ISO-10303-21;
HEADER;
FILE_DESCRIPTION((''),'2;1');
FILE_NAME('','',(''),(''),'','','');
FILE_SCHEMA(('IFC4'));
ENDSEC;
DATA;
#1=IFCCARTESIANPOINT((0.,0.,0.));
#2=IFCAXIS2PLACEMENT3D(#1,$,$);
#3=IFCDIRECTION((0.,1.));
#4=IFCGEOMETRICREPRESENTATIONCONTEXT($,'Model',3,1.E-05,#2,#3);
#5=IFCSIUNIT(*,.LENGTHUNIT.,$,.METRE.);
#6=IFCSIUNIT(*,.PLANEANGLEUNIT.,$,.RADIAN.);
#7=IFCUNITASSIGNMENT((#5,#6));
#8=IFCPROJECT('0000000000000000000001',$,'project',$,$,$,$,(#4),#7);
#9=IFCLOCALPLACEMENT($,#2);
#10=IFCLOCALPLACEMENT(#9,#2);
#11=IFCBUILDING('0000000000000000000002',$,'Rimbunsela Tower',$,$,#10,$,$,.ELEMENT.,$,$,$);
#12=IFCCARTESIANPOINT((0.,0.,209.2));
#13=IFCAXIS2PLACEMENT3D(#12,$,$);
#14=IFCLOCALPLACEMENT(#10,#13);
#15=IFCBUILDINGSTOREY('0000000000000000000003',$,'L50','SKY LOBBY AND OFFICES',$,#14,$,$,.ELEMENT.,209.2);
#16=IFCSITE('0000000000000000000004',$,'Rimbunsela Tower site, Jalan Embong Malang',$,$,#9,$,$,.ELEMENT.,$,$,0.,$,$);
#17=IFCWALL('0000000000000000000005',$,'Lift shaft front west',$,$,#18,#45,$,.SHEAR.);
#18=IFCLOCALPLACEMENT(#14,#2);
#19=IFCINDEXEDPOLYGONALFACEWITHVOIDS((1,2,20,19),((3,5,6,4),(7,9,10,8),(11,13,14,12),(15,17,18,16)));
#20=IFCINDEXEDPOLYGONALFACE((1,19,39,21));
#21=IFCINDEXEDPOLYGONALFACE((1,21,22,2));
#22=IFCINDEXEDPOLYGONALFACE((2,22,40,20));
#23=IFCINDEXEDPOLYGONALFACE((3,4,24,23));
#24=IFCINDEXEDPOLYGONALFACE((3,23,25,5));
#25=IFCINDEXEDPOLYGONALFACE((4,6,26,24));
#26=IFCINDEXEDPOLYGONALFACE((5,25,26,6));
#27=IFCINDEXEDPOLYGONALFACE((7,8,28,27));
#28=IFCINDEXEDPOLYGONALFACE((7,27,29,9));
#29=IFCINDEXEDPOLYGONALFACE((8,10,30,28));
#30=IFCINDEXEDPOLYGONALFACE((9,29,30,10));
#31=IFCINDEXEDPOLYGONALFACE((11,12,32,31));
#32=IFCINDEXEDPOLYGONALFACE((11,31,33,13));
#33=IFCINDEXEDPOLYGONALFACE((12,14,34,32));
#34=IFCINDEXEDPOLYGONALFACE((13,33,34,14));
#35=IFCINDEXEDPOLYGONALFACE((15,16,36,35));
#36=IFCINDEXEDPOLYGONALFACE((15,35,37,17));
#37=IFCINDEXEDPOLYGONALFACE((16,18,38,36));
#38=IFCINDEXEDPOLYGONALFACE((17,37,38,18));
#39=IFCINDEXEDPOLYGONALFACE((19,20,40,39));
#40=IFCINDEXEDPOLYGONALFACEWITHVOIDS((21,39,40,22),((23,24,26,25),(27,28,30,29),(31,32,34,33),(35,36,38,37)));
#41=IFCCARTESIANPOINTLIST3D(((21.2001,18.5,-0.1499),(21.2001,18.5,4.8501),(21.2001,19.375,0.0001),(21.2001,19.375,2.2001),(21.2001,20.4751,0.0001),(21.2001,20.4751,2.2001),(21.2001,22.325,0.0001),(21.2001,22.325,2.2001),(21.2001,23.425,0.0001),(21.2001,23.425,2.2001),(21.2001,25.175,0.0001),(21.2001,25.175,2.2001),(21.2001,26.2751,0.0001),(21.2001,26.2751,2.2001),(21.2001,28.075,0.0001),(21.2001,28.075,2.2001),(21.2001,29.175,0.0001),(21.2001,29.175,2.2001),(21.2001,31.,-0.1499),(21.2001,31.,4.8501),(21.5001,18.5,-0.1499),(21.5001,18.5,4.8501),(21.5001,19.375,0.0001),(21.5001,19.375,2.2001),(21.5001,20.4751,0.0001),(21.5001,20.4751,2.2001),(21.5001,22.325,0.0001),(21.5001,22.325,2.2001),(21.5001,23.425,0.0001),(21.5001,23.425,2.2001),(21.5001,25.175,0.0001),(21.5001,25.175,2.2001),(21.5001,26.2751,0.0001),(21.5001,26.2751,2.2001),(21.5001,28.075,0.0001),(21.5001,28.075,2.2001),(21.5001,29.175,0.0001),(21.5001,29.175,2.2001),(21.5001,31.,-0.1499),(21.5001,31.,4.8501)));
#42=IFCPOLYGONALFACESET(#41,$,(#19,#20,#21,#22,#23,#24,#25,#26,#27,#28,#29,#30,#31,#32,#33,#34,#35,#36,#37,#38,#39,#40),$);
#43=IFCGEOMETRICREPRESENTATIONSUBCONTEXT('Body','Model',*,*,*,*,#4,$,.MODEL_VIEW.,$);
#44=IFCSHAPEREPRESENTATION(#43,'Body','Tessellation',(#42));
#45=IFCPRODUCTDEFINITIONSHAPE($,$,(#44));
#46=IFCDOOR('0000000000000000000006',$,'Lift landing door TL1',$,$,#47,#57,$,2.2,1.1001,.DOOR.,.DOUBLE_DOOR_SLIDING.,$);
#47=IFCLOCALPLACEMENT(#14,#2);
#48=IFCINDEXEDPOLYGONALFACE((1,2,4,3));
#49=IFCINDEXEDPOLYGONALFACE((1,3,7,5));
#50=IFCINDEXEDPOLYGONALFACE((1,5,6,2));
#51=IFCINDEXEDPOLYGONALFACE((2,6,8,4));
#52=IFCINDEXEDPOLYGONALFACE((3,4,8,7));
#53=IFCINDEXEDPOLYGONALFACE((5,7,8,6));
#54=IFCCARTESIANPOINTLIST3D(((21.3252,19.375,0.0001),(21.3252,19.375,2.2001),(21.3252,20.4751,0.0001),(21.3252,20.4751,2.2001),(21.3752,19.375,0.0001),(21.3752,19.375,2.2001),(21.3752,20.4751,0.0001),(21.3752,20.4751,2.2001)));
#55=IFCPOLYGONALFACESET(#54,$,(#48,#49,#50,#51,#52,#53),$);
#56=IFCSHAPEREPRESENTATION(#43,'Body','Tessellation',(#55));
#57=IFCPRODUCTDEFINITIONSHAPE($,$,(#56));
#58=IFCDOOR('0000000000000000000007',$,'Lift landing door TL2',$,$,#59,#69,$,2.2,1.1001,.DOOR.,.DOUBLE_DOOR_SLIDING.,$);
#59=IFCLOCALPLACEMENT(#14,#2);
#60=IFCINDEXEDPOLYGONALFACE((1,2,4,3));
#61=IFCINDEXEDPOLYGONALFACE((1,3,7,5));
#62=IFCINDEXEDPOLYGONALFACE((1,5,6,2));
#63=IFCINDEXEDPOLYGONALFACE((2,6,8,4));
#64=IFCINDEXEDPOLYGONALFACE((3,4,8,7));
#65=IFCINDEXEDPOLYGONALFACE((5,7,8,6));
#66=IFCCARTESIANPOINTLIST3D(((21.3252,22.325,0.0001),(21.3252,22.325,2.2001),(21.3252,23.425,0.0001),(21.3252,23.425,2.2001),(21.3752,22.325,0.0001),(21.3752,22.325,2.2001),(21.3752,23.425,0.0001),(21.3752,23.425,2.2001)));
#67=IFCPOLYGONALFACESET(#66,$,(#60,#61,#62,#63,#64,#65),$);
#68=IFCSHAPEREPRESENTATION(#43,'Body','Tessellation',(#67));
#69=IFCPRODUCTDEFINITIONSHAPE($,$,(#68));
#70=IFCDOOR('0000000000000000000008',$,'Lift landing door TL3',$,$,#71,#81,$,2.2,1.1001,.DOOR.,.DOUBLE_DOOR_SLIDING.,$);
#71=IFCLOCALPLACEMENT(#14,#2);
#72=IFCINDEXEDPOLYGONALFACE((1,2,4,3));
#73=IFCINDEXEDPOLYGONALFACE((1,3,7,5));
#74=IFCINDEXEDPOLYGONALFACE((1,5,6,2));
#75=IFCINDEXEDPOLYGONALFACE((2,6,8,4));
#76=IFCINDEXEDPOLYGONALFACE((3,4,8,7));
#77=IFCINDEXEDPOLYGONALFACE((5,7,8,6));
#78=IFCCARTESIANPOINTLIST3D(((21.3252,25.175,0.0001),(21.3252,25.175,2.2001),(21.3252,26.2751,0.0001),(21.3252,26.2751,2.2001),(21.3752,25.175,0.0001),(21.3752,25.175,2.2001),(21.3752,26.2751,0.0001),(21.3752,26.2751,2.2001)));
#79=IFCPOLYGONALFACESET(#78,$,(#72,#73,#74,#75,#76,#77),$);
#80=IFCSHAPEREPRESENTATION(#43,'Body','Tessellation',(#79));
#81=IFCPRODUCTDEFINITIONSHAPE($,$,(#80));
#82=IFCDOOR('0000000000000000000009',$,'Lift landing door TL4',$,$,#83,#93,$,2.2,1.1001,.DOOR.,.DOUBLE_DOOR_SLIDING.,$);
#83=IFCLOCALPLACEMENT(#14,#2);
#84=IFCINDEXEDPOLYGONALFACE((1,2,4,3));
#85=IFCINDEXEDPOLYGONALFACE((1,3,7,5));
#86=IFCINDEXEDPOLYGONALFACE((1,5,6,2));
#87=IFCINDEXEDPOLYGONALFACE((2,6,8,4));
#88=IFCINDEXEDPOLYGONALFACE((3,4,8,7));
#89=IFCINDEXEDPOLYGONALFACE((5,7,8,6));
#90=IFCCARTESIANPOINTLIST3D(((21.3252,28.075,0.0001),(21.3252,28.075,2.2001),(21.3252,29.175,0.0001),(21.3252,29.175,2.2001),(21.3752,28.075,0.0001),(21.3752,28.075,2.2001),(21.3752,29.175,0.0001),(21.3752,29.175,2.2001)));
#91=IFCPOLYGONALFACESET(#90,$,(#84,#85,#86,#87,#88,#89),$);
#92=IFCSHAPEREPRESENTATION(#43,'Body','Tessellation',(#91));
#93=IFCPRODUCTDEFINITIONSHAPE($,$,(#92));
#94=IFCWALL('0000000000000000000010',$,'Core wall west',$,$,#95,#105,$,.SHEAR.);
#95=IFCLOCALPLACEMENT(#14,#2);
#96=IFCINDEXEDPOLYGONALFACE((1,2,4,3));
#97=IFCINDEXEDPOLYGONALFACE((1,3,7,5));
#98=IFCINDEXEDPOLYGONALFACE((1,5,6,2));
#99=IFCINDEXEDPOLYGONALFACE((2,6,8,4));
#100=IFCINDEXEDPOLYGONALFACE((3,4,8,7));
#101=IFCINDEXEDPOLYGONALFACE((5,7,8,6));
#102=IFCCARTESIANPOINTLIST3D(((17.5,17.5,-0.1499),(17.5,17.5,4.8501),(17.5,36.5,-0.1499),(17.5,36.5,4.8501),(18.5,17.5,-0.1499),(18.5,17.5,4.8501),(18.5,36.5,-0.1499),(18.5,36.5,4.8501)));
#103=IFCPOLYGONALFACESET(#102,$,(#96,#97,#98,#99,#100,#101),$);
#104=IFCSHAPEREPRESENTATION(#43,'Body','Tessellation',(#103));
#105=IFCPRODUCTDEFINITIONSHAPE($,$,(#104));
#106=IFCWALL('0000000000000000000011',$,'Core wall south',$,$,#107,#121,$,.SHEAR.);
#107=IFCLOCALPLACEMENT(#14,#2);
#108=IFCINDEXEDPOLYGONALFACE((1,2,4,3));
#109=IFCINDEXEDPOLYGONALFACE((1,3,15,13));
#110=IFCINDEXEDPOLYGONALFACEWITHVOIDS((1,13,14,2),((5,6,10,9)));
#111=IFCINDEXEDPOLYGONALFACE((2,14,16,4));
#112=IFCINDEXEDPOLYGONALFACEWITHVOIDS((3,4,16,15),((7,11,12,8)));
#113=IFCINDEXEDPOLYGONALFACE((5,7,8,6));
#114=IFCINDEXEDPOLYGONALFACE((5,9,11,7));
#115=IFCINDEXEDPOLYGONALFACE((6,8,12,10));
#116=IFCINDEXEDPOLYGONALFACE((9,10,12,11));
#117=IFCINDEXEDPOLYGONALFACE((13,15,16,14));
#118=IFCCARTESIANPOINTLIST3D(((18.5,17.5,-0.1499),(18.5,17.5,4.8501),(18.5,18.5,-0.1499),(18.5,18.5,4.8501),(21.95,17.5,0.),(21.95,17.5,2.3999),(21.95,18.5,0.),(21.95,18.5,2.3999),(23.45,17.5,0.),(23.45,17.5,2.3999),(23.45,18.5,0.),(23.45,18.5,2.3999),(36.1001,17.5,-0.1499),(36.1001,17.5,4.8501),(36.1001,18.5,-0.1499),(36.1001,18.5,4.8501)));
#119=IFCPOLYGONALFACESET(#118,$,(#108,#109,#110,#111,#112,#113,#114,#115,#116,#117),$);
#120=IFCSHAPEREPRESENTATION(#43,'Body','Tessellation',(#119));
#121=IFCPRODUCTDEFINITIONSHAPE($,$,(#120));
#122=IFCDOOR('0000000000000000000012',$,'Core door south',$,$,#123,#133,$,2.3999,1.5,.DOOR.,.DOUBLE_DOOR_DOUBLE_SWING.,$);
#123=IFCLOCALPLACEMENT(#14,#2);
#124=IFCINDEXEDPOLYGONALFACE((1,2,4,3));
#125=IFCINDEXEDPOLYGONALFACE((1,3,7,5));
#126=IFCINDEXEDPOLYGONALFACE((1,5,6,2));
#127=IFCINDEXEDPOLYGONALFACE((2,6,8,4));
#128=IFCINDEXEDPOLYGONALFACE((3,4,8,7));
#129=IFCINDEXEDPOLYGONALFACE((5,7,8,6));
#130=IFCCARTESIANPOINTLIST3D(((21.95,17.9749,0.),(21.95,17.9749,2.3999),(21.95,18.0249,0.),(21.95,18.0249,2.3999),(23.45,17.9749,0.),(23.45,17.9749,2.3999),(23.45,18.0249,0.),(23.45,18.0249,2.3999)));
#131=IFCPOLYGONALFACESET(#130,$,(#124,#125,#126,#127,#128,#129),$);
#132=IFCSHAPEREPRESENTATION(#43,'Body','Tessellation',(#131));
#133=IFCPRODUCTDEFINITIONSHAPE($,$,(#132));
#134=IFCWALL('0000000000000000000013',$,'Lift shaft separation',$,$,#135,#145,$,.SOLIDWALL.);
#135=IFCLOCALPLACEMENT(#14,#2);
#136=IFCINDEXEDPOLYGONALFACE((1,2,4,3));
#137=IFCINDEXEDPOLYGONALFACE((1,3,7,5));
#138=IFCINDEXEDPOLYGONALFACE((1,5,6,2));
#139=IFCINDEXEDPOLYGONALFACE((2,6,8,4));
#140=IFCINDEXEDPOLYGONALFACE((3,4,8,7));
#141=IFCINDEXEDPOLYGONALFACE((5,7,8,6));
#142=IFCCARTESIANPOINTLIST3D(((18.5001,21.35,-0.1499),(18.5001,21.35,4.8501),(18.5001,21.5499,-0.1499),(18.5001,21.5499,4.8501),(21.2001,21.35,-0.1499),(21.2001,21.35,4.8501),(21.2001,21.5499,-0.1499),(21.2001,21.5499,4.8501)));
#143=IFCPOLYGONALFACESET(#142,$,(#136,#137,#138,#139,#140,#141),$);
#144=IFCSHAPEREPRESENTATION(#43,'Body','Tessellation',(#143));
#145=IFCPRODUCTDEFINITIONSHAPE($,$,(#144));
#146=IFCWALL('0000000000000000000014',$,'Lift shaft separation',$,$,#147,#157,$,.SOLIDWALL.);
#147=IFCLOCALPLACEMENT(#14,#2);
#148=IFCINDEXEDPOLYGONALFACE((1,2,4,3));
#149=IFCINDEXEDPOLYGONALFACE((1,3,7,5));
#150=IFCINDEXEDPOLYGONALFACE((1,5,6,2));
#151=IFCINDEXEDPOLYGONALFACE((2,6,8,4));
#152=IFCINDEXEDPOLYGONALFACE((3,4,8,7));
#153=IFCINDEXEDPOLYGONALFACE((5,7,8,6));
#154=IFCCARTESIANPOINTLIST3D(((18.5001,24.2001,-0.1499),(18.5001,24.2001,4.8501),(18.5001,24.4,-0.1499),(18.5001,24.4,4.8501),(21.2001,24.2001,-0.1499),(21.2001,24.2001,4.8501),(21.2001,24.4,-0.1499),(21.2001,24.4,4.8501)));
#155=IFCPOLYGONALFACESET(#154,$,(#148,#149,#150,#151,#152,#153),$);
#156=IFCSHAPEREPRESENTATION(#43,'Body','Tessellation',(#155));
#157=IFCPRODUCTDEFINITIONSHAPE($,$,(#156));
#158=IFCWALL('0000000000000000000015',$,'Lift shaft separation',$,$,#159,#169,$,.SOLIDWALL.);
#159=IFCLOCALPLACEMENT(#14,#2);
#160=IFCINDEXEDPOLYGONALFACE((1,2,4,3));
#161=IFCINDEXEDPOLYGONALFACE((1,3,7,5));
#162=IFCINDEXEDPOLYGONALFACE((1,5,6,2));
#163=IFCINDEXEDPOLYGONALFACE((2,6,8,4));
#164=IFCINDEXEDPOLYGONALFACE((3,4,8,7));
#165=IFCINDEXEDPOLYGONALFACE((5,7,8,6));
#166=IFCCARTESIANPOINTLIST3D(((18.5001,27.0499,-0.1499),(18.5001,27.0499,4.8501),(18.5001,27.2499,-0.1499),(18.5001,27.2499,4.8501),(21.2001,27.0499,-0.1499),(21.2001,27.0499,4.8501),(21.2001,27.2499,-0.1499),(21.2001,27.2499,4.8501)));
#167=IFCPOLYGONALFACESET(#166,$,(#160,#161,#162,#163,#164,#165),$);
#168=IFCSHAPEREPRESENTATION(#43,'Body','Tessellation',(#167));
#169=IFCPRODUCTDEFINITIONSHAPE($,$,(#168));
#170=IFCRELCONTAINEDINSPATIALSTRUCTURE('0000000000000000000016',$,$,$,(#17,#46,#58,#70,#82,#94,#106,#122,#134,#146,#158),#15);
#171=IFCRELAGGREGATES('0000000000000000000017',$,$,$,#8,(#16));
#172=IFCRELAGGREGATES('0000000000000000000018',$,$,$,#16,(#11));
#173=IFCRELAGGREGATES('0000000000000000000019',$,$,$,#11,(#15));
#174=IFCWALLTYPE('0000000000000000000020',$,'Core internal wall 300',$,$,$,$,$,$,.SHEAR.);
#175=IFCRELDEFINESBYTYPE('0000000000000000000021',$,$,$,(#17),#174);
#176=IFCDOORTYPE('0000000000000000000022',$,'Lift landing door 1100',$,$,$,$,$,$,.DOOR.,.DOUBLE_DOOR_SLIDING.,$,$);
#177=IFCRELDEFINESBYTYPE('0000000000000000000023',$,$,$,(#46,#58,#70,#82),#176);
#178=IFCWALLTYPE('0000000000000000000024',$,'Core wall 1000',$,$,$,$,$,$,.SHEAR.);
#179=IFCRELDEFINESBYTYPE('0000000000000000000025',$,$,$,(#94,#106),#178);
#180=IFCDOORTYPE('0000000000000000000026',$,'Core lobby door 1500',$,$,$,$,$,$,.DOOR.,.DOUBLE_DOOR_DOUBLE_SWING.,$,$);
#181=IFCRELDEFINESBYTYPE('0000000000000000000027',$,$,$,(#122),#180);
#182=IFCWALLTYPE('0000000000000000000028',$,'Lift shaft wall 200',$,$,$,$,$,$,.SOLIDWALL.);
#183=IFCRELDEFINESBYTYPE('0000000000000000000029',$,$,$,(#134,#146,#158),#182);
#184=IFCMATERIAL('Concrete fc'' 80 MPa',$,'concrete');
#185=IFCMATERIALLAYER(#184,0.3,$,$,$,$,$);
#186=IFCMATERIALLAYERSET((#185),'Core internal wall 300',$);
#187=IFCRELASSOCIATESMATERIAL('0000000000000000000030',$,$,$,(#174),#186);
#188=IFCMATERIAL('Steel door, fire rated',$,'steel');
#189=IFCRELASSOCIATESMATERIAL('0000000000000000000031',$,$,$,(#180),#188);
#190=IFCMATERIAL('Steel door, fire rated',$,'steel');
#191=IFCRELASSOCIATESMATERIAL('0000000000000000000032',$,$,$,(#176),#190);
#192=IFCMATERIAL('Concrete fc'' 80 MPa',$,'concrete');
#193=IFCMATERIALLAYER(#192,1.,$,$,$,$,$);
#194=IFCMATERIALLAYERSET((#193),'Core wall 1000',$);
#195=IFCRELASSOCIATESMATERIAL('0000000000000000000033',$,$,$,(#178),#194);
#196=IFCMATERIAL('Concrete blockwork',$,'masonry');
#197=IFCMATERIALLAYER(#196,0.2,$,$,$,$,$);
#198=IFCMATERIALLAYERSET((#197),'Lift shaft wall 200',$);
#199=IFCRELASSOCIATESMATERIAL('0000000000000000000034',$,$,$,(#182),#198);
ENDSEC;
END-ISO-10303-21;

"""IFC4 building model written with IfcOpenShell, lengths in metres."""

from ifc_helpers import new_model, si_unit, direction, frame, frame_2d, origin, place, context, subcontext, project, spatial, rectangle, extrude, material, layer, layer_set, type_object, element, fill, save


model = new_model("IFC4")

# Units and contexts
model_context = context("Model", 3, precision=1e-05, world=origin(), true_north=direction((0.0, 1.0)))
body_context = subcontext(model_context, "Body", "Model", "MODEL_VIEW")
ifc_project = project(units=[si_unit("LENGTHUNIT", "METRE"), si_unit("PLANEANGLEUNIT", "RADIAN")], contexts=[model_context])

# Site, building, storey
site_placement = place(None, origin())
site = spatial("IfcSite", under=ifc_project, at=site_placement, Name="Rimbunsela Tower site, Jalan Embong Malang", CompositionType="ELEMENT", RefElevation=0.0)
building_placement = place(site_placement, origin())
building = spatial("IfcBuilding", under=site, at=building_placement, Name="Rimbunsela Tower", CompositionType="ELEMENT")
storey_placement = place(building_placement, frame((0.0, 0.0, 209.2)))
storey = spatial("IfcBuildingStorey", under=building, at=storey_placement, Name="L50", Description="SKY LOBBY AND OFFICES", CompositionType="ELEMENT", Elevation=209.2)

# Shared definitions
ifc_material_1 = material(Name="Concrete fc' 80 MPa", Category="concrete")
ifc_layer_1 = layer(ifc_material_1, 0.3)
ifc_layer_set_1 = layer_set([ifc_layer_1], Name="Core internal wall 300")
wall_type_1 = type_object("IfcWallType", Name="Core internal wall 300", PredefinedType="SHEAR", material=ifc_layer_set_1)
ifc_material_2 = material(Name="Steel door, fire rated", Category="steel")
door_type_1 = type_object("IfcDoorType", Name="Core lobby door 1500", OperationType="DOUBLE_DOOR_DOUBLE_SWING", PredefinedType="DOOR", material=ifc_material_2)

# Wall, openings, doors
wall_1_placement = place(storey_placement, frame((21.3501, 18.5, -0.1499), z_axis=(0.0, 0.0, 1.0), x_axis=(0.0, 1.0, 0.0)))
wall_1 = element("IfcWall", 1, at=wall_1_placement, inside=storey, type_object=wall_type_1, Name="Lift shaft front west", PredefinedType="SHEAR", context=body_context, shape_type="SweptSolid", body=[
    extrude(rectangle(XDim=12.5, YDim=0.3, at=frame_2d((6.25, 0.0))), origin(), (0.0, 0.0, 1.0), 5.0),
])
opening_1_placement = place(wall_1_placement, frame((0.875, 0.0, 0.1499)))
opening_1 = element("IfcOpeningElement", 2, at=opening_1_placement, cuts=wall_1, PredefinedType="OPENING", context=body_context, shape_type="SweptSolid", body=[
    extrude(rectangle(XDim=1.1001, YDim=2.2, at=frame_2d((0.55, 1.1001))), frame((0.0, 0.1599, 0.0), z_axis=(0.0, -1.0, 0.0), x_axis=(1.0, 0.0, 0.0)), (0.0, 0.0, 1.0), 0.3201),
])
opening_2_placement = place(wall_1_placement, frame((3.825, 0.0, 0.1499)))
opening_2 = element("IfcOpeningElement", 3, at=opening_2_placement, cuts=wall_1, PredefinedType="OPENING", context=body_context, shape_type="SweptSolid", body=[
    extrude(rectangle(XDim=1.1001, YDim=2.2, at=frame_2d((0.55, 1.1001))), frame((0.0, 0.1599, 0.0), z_axis=(0.0, -1.0, 0.0), x_axis=(1.0, 0.0, 0.0)), (0.0, 0.0, 1.0), 0.3201),
])
opening_3_placement = place(wall_1_placement, frame((6.675, 0.0, 0.1499)))
opening_3 = element("IfcOpeningElement", 4, at=opening_3_placement, cuts=wall_1, PredefinedType="OPENING", context=body_context, shape_type="SweptSolid", body=[
    extrude(rectangle(XDim=1.1001, YDim=2.2, at=frame_2d((0.55, 1.1001))), frame((0.0, 0.1599, 0.0), z_axis=(0.0, -1.0, 0.0), x_axis=(1.0, 0.0, 0.0)), (0.0, 0.0, 1.0), 0.3201),
])
opening_4_placement = place(wall_1_placement, frame((9.575, 0.0, 0.1499)))
opening_4 = element("IfcOpeningElement", 5, at=opening_4_placement, cuts=wall_1, PredefinedType="OPENING", context=body_context, shape_type="SweptSolid", body=[
    extrude(rectangle(XDim=1.1001, YDim=2.2, at=frame_2d((0.55, 1.1001))), frame((0.0, 0.1599, 0.0), z_axis=(0.0, -1.0, 0.0), x_axis=(1.0, 0.0, 0.0)), (0.0, 0.0, 1.0), 0.3201),
])
ifc_material_3 = material(Name="Steel door, fire rated", Category="steel")
door_type_2 = type_object("IfcDoorType", Name="Lift landing door 1100", OperationType="DOUBLE_DOOR_SLIDING", PredefinedType="DOOR", material=ifc_material_3)
door_1_placement = place(opening_1_placement, origin())
door_1 = element("IfcDoor", 6, at=door_1_placement, inside=storey, type_object=door_type_2, Name="Lift landing door TL1", OperationType="DOUBLE_DOOR_SLIDING", OverallHeight=2.2, OverallWidth=1.1001, PredefinedType="DOOR", context=body_context, shape_type="SweptSolid", body=[
    extrude(rectangle(XDim=1.1001, YDim=2.2, at=frame_2d((0.55, 1.1001))), frame((0.0, 0.0249, 0.0), z_axis=(0.0, -1.0, 0.0), x_axis=(1.0, 0.0, 0.0)), (0.0, 0.0, 1.0), 0.05),
])
fill(opening_1, door_1)
door_2_placement = place(opening_2_placement, origin())
door_2 = element("IfcDoor", 7, at=door_2_placement, inside=storey, type_object=door_type_2, Name="Lift landing door TL2", OperationType="DOUBLE_DOOR_SLIDING", OverallHeight=2.2, OverallWidth=1.1001, PredefinedType="DOOR", context=body_context, shape_type="SweptSolid", body=[
    extrude(rectangle(XDim=1.1001, YDim=2.2, at=frame_2d((0.55, 1.1001))), frame((0.0, 0.0249, 0.0), z_axis=(0.0, -1.0, 0.0), x_axis=(1.0, 0.0, 0.0)), (0.0, 0.0, 1.0), 0.05),
])
fill(opening_2, door_2)
door_3_placement = place(opening_3_placement, origin())
door_3 = element("IfcDoor", 8, at=door_3_placement, inside=storey, type_object=door_type_2, Name="Lift landing door TL3", OperationType="DOUBLE_DOOR_SLIDING", OverallHeight=2.2, OverallWidth=1.1001, PredefinedType="DOOR", context=body_context, shape_type="SweptSolid", body=[
    extrude(rectangle(XDim=1.1001, YDim=2.2, at=frame_2d((0.55, 1.1001))), frame((0.0, 0.0249, 0.0), z_axis=(0.0, -1.0, 0.0), x_axis=(1.0, 0.0, 0.0)), (0.0, 0.0, 1.0), 0.05),
])
fill(opening_3, door_3)
door_4_placement = place(opening_4_placement, origin())
door_4 = element("IfcDoor", 9, at=door_4_placement, inside=storey, type_object=door_type_2, Name="Lift landing door TL4", OperationType="DOUBLE_DOOR_SLIDING", OverallHeight=2.2, OverallWidth=1.1001, PredefinedType="DOOR", context=body_context, shape_type="SweptSolid", body=[
    extrude(rectangle(XDim=1.1001, YDim=2.2, at=frame_2d((0.55, 1.1001))), frame((0.0, 0.0249, 0.0), z_axis=(0.0, -1.0, 0.0), x_axis=(1.0, 0.0, 0.0)), (0.0, 0.0, 1.0), 0.05),
])
fill(opening_4, door_4)

# Wall
ifc_material_4 = material(Name="Concrete fc' 80 MPa", Category="concrete")
ifc_layer_2 = layer(ifc_material_4, 1.0)
ifc_layer_set_2 = layer_set([ifc_layer_2], Name="Core wall 1000")
wall_type_2 = type_object("IfcWallType", Name="Core wall 1000", PredefinedType="SHEAR", material=ifc_layer_set_2)
wall_2_placement = place(storey_placement, frame((18.0, 17.5, -0.1499), z_axis=(0.0, 0.0, 1.0), x_axis=(0.0, 1.0, 0.0)))
element("IfcWall", 10, at=wall_2_placement, inside=storey, type_object=wall_type_2, Name="Core wall west", PredefinedType="SHEAR", context=body_context, shape_type="SweptSolid", body=[
    extrude(rectangle(XDim=19.0, YDim=1.0, at=frame_2d((9.5, 0.0))), origin(), (0.0, 0.0, 1.0), 5.0),
])

# Wall, opening, door
wall_3_placement = place(storey_placement, frame((18.5, 18.0, -0.1499), z_axis=(0.0, 0.0, 1.0), x_axis=(1.0, 0.0, 0.0)))
wall_3 = element("IfcWall", 11, at=wall_3_placement, inside=storey, type_object=wall_type_2, Name="Core wall south", PredefinedType="SHEAR", context=body_context, shape_type="SweptSolid", body=[
    extrude(rectangle(XDim=17.6001, YDim=1.0, at=frame_2d((8.8, 0.0))), origin(), (0.0, 0.0, 1.0), 5.0),
])
opening_5_placement = place(wall_3_placement, frame((3.45, 0.0, 0.1499)))
opening_5 = element("IfcOpeningElement", 12, at=opening_5_placement, cuts=wall_3, PredefinedType="OPENING", context=body_context, shape_type="SweptSolid", body=[
    extrude(rectangle(XDim=1.5, YDim=2.3999, at=frame_2d((0.75, 1.2))), frame((0.0, 0.51, 0.0), z_axis=(0.0, -1.0, 0.0), x_axis=(1.0, 0.0, 0.0)), (0.0, 0.0, 1.0), 1.02),
])
door_5_placement = place(opening_5_placement, origin())
door_5 = element("IfcDoor", 13, at=door_5_placement, inside=storey, type_object=door_type_1, Name="Core door south", OperationType="DOUBLE_DOOR_DOUBLE_SWING", OverallHeight=2.3999, OverallWidth=1.5, PredefinedType="DOOR", context=body_context, shape_type="SweptSolid", body=[
    extrude(rectangle(XDim=1.5, YDim=2.3999, at=frame_2d((0.75, 1.2))), frame((0.0, 0.0249, 0.0), z_axis=(0.0, -1.0, 0.0), x_axis=(1.0, 0.0, 0.0)), (0.0, 0.0, 1.0), 0.05),
])
fill(opening_5, door_5)

# Walls
ifc_material_5 = material(Name="Concrete blockwork", Category="masonry")
ifc_layer_3 = layer(ifc_material_5, 0.2)
ifc_layer_set_3 = layer_set([ifc_layer_3], Name="Lift shaft wall 200")
wall_type_3 = type_object("IfcWallType", Name="Lift shaft wall 200", PredefinedType="SOLIDWALL", material=ifc_layer_set_3)
for number, where, z_axis, x_axis, name in (
    (14, (18.5, 21.45, -0.1499), (0.0, 0.0, 1.0), (1.0, 0.0, 0.0), "Lift shaft separation"),
    (15, (18.5, 24.3, -0.1499), (0.0, 0.0, 1.0), (1.0, 0.0, 0.0), "Lift shaft separation"),
    (16, (18.5, 27.1499, -0.1499), (0.0, 0.0, 1.0), (1.0, 0.0, 0.0), "Lift shaft separation"),
):
    element("IfcWall", number, at=place(storey_placement, frame(where, z_axis=z_axis, x_axis=x_axis)), inside=storey, type_object=wall_type_3, Name=name, PredefinedType="SOLIDWALL", context=body_context, shape_type="SweptSolid", body=[
        extrude(rectangle(XDim=2.7, YDim=0.2, at=frame_2d((1.3501, 0.0))), origin(), (0.0, 0.0, 1.0), 5.0),
    ])

save(model, "model.ifc")
